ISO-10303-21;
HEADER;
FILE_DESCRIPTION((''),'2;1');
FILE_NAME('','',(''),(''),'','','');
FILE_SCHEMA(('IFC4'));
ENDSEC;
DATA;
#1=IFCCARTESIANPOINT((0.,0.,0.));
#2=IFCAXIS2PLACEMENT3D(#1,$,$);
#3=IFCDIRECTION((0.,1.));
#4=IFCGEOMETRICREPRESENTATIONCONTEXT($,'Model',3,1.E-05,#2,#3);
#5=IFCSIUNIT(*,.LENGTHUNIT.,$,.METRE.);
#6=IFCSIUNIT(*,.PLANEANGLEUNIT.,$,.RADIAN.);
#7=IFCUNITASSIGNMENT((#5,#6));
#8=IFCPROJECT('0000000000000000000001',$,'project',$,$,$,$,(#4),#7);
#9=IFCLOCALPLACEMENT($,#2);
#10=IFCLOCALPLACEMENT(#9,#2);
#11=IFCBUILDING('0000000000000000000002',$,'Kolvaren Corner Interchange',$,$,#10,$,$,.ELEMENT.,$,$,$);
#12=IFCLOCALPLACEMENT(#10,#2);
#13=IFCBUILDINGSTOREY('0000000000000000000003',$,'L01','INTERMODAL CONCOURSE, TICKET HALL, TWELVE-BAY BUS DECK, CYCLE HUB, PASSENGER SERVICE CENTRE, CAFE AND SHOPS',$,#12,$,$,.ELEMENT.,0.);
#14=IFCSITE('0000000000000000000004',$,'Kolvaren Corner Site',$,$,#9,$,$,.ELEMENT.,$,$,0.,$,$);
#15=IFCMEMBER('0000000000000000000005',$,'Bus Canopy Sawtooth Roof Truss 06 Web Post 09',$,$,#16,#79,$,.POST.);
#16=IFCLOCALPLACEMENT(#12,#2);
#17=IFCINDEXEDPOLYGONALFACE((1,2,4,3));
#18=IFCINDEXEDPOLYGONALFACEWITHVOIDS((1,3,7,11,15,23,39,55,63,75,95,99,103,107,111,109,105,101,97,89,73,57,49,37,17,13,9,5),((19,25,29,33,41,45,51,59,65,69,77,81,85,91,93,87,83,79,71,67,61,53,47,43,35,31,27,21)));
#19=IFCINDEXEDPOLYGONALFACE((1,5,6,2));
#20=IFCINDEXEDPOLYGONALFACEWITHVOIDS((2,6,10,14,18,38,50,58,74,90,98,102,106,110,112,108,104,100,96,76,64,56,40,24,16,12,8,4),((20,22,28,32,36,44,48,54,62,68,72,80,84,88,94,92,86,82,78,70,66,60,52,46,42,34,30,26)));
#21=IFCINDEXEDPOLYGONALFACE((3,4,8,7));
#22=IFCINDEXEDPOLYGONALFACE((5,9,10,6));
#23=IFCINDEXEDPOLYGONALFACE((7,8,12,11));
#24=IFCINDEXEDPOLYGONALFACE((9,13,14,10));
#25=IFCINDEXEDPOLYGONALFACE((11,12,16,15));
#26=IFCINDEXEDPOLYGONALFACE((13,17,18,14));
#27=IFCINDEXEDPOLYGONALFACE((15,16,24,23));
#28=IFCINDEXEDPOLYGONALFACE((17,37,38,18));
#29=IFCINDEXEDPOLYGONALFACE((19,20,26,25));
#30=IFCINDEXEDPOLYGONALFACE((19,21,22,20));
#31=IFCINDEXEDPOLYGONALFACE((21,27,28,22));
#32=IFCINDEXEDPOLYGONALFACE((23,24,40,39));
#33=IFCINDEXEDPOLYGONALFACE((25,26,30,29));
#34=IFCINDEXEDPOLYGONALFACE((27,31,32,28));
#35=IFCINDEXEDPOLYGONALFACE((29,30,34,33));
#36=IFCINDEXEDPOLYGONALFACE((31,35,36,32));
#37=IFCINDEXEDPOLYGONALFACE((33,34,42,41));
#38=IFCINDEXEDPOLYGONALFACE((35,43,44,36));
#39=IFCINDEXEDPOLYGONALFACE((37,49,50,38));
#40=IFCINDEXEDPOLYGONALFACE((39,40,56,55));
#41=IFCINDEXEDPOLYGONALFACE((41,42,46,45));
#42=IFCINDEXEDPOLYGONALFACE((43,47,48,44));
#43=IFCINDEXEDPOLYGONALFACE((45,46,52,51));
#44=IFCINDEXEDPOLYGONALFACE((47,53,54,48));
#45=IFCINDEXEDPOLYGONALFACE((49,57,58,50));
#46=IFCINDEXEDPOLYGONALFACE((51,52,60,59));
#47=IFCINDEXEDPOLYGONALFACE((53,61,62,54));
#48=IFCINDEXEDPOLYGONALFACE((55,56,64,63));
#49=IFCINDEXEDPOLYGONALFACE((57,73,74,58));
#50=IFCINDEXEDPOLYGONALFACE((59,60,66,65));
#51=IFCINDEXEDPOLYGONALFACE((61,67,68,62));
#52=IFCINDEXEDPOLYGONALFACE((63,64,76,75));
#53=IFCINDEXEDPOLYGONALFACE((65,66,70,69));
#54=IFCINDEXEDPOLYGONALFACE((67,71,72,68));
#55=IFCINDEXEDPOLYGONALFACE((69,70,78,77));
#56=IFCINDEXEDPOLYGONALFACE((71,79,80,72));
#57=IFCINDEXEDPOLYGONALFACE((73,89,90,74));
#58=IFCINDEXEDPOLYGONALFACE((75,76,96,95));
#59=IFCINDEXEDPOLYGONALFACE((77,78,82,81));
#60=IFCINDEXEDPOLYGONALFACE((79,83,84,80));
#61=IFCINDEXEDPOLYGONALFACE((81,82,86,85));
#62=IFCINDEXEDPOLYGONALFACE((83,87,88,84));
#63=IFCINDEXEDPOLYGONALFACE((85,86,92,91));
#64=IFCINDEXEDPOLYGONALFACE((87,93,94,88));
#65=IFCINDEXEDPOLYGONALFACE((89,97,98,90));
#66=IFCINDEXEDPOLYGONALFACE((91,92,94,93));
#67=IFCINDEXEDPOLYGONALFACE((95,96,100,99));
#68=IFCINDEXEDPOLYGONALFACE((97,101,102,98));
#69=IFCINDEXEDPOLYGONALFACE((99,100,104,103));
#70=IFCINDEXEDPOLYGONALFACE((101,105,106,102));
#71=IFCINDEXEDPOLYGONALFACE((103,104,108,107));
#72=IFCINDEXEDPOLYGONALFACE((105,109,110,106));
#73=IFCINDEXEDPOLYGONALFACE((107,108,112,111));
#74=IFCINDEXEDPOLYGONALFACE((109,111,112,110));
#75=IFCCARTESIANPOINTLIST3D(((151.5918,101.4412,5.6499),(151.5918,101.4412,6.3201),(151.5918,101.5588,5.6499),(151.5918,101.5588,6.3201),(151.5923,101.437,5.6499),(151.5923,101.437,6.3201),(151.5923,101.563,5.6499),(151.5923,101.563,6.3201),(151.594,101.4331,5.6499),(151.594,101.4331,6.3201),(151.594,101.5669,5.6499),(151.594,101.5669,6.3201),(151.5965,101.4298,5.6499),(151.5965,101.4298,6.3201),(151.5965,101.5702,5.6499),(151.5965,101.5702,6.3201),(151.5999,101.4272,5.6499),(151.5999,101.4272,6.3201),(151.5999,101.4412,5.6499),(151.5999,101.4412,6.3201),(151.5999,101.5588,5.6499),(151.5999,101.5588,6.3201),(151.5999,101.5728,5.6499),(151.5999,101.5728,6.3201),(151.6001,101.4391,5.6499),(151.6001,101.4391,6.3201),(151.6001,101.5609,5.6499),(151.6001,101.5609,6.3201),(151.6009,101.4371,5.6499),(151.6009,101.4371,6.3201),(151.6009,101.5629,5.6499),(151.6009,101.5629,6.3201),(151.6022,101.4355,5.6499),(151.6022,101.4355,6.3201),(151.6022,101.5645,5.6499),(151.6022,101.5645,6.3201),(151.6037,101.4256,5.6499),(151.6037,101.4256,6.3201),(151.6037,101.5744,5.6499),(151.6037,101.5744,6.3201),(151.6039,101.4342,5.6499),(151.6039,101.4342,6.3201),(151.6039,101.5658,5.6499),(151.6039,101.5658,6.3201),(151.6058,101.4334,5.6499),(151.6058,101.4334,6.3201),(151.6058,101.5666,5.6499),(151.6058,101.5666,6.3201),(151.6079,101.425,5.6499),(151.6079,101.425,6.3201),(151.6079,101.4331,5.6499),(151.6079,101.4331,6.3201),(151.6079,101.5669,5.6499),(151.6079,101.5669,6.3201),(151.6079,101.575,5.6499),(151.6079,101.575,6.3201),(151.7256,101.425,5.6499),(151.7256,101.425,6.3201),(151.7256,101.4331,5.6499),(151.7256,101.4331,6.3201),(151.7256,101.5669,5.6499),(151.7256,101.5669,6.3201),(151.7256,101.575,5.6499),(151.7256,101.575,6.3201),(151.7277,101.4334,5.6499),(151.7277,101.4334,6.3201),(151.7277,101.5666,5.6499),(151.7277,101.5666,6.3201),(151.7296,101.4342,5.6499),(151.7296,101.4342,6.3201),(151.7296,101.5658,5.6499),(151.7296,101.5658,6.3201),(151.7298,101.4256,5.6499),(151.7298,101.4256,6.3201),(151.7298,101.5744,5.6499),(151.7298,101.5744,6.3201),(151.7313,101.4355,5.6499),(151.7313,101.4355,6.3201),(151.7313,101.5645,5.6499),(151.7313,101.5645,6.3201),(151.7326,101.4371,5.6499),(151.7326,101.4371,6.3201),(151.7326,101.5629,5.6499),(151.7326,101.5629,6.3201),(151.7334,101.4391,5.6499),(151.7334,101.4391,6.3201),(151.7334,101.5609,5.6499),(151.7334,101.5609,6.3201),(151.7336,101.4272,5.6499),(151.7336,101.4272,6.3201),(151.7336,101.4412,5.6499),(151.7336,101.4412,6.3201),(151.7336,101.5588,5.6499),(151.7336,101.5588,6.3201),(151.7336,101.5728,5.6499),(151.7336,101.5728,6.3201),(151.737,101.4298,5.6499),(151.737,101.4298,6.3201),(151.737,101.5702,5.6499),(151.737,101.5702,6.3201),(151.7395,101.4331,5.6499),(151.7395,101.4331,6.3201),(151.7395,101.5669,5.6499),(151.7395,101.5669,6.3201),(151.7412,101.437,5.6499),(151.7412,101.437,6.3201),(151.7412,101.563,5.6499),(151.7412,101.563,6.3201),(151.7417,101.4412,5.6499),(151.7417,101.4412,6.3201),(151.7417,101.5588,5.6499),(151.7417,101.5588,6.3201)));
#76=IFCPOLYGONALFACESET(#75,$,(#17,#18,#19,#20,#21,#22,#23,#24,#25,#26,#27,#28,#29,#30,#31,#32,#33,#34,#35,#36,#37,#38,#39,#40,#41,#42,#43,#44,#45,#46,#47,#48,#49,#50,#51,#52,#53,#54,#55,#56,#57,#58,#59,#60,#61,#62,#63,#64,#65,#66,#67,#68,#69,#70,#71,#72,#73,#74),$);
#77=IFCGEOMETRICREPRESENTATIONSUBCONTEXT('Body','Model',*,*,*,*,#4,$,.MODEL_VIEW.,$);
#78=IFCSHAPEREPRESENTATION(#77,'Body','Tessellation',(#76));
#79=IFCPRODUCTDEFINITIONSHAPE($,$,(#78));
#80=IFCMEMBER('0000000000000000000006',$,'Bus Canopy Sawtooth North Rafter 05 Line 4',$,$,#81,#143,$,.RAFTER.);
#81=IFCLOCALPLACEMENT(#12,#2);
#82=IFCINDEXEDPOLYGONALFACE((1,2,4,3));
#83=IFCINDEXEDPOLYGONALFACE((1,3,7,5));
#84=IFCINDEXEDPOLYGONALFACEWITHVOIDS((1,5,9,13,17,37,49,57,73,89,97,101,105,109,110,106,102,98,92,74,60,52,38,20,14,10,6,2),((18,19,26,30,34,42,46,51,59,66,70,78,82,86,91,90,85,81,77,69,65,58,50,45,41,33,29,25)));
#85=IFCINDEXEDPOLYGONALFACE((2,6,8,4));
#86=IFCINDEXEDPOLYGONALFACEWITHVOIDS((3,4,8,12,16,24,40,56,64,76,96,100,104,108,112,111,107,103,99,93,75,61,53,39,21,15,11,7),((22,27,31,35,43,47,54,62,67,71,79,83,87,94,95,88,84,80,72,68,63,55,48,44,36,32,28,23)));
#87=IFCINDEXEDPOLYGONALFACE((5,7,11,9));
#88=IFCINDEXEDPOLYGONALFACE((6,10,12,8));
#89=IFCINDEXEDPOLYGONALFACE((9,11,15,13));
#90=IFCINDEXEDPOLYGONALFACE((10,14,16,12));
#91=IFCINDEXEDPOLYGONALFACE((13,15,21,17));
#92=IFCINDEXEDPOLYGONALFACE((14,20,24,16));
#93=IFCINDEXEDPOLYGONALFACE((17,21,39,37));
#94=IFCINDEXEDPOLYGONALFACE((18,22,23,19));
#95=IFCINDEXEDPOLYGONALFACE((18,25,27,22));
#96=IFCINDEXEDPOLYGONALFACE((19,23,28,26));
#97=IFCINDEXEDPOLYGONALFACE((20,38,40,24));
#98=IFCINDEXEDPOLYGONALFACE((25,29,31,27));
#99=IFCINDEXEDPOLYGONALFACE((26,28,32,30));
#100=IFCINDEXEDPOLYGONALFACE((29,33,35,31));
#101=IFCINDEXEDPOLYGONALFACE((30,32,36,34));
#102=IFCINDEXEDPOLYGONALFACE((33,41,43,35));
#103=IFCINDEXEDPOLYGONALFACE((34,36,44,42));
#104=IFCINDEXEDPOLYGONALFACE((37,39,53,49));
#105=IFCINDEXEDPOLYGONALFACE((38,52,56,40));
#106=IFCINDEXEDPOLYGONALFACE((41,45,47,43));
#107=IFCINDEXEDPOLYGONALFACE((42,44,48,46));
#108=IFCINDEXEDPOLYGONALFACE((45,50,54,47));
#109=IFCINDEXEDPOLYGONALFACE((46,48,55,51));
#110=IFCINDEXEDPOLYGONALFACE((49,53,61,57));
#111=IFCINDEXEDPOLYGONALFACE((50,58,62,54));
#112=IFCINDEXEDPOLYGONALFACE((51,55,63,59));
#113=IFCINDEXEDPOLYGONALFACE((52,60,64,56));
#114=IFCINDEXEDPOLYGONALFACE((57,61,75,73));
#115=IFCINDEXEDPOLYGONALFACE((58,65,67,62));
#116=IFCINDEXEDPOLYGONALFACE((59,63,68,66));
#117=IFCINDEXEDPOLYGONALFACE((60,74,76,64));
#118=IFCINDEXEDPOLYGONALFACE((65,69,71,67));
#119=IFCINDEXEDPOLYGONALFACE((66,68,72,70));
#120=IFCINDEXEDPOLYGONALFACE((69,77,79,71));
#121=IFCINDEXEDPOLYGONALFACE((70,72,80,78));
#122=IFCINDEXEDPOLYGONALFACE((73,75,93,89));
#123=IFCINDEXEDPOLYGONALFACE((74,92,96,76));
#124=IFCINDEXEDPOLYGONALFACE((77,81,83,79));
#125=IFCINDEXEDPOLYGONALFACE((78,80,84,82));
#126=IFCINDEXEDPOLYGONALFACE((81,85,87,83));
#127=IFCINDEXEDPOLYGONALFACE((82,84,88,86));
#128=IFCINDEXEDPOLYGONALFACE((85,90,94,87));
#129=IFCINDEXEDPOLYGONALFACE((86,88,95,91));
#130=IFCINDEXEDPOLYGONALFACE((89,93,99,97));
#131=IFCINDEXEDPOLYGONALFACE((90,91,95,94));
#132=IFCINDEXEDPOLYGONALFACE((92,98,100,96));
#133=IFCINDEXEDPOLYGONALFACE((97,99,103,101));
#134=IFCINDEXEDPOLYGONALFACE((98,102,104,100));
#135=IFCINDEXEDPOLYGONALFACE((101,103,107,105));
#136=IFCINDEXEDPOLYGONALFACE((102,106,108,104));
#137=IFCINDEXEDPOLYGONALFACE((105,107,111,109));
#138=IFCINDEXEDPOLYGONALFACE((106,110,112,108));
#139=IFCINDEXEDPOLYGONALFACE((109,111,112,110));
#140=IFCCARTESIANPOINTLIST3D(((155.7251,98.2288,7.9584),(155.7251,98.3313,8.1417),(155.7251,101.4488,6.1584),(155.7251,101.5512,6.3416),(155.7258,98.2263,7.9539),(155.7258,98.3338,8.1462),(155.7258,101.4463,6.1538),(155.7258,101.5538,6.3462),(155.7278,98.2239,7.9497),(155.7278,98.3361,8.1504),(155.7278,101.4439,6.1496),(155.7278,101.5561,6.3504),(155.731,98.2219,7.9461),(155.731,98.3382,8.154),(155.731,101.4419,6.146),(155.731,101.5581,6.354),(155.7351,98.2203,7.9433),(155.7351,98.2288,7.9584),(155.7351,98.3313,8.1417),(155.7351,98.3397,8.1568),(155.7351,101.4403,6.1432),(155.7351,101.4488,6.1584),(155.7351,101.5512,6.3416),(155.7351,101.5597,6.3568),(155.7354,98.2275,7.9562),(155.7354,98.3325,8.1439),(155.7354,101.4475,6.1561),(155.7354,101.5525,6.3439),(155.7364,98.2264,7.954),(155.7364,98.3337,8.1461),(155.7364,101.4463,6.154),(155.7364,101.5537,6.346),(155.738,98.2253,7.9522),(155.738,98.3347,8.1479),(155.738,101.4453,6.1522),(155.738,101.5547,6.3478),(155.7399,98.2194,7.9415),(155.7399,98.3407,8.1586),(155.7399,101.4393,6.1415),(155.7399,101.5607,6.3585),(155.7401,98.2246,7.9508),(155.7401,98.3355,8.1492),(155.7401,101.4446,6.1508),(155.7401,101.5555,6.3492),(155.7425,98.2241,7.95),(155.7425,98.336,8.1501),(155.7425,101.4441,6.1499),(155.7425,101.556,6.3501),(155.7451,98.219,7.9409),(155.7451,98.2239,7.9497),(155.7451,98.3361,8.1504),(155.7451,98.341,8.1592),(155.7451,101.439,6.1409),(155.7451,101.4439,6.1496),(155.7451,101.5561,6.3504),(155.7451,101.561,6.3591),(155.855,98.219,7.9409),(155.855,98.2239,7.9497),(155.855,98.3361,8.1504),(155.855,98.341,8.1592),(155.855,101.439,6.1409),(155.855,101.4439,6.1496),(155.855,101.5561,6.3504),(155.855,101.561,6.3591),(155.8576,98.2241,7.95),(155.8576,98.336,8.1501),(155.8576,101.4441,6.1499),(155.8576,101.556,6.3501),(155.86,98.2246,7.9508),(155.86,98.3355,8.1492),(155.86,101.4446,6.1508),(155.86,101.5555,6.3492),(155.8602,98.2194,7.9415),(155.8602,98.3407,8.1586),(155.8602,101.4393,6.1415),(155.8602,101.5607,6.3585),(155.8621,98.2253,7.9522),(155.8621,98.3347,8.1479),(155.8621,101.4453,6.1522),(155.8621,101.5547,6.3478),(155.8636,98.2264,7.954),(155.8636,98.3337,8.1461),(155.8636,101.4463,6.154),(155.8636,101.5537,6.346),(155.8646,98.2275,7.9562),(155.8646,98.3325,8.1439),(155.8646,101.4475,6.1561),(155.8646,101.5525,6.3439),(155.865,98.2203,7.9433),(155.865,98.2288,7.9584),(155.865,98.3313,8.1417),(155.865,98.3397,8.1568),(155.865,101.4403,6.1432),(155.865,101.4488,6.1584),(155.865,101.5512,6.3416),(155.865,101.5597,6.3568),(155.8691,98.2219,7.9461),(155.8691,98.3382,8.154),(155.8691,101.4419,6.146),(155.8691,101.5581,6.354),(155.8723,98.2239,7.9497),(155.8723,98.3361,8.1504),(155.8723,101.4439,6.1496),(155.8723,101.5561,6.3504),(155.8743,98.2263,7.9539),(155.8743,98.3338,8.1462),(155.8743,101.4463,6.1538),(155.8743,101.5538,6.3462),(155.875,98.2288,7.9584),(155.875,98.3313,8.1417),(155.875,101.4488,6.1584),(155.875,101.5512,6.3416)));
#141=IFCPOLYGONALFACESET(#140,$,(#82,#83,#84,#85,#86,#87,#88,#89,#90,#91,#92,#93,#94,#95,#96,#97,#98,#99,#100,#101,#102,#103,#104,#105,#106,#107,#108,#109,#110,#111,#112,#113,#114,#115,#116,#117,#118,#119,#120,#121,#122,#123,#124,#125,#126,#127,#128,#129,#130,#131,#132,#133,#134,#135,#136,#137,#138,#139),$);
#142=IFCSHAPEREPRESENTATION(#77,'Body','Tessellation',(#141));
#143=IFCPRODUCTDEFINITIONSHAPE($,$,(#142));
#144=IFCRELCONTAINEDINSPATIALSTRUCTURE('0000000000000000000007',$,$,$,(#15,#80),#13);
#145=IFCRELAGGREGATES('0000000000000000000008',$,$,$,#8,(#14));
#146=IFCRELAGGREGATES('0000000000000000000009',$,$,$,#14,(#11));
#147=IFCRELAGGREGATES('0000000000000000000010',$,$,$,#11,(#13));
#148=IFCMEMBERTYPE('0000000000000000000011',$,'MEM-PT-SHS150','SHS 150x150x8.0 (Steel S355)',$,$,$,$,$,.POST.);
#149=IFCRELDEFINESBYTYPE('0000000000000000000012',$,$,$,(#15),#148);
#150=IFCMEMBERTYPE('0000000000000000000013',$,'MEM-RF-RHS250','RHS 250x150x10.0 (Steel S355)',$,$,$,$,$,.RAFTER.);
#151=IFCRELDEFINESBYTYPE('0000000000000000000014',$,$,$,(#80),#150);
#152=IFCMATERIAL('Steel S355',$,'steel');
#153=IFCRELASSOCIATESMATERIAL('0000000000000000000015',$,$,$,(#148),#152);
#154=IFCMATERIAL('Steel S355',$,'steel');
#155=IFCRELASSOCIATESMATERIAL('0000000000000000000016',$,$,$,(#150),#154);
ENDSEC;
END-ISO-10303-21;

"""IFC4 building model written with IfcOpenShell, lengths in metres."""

from ifc_helpers import new_model, si_unit, direction, frame, origin, origin_2d, place, context, subcontext, project, spatial, hollow_rectangle, extrude, material, material_profile, profile_set, type_object, element, save


model = new_model("IFC4")

# Units and contexts
model_context = context("Model", 3, precision=1e-05, world=origin(), true_north=direction((0.0, 1.0)))
body_context = subcontext(model_context, "Body", "Model", "MODEL_VIEW")
ifc_project = project(units=[si_unit("LENGTHUNIT", "METRE"), si_unit("PLANEANGLEUNIT", "RADIAN")], contexts=[model_context])

# Site, building, storey
site_placement = place(None, origin())
site = spatial("IfcSite", under=ifc_project, at=site_placement, Name="Kolvaren Corner Site", CompositionType="ELEMENT", RefElevation=0.0)
building_placement = place(site_placement, origin())
building = spatial("IfcBuilding", under=site, at=building_placement, Name="Kolvaren Corner Interchange", CompositionType="ELEMENT")
storey_placement = place(building_placement, origin())
storey = spatial("IfcBuildingStorey", under=building, at=storey_placement, Name="L01", Description="INTERMODAL CONCOURSE, TICKET HALL, TWELVE-BAY BUS DECK, CYCLE HUB, PASSENGER SERVICE CENTRE, CAFE AND SHOPS", CompositionType="ELEMENT", Elevation=0.0)

# Members
ifc_material_1 = material(Name="Steel S355", Category="steel")
ifc_material_profile_1 = material_profile(ifc_material_1, hollow_rectangle(XDim=0.1499, YDim=0.1499, WallThickness=0.0081, InnerFilletRadius=0.0081, OuterFilletRadius=0.0161, at=origin_2d()), Name="SHS 150x150x8.0")
ifc_profile_set_1 = profile_set([ifc_material_profile_1], Name="Steel S355")
member_type_1 = type_object("IfcMemberType", Name="MEM-PT-SHS150", Description="SHS 150x150x8.0 (Steel S355)", PredefinedType="POST", material=ifc_profile_set_1)
for number, where, z_axis, x_axis, name in (
    (1, (151.6667, 101.5, 5.6499), (0.0, 0.0, 1.0), (1.0, 0.0, 0.0), "Bus Canopy Sawtooth Roof Truss 06 Web Post 09"),
):
    element("IfcMember", number, at=place(storey_placement, frame(where, z_axis=z_axis, x_axis=x_axis)), inside=storey, type_object=member_type_1, Name=name, PredefinedType="POST", context=body_context, shape_type="SweptSolid", body=[
        extrude(hollow_rectangle(XDim=0.1499, YDim=0.1499, WallThickness=0.0081, InnerFilletRadius=0.0081, OuterFilletRadius=0.0161, at=origin_2d()), origin(), (0.0, 0.0, 1.0), 0.6702),
    ])
ifc_material_2 = material(Name="Steel S355", Category="steel")
ifc_material_profile_2 = material_profile(ifc_material_2, hollow_rectangle(XDim=0.1499, YDim=0.25, WallThickness=0.01, InnerFilletRadius=0.01, OuterFilletRadius=0.02, at=origin_2d()), Name="RHS 250x150x10.0")
ifc_profile_set_2 = profile_set([ifc_material_profile_2], Name="Steel S355")
member_type_2 = type_object("IfcMemberType", Name="MEM-RF-RHS250", Description="RHS 250x150x10.0 (Steel S355)", PredefinedType="RAFTER", material=ifc_profile_set_2)
for number, where, z_axis, x_axis, name in (
    (2, (155.8, 98.28, 8.05), (0.0, 0.872868, -0.487956), (-1.0, 0.0, 0.0), "Bus Canopy Sawtooth North Rafter 05 Line 4"),
):
    element("IfcMember", number, at=place(storey_placement, frame(where, z_axis=z_axis, x_axis=x_axis)), inside=storey, type_object=member_type_2, Name=name, PredefinedType="RAFTER", context=body_context, shape_type="SweptSolid", body=[
        extrude(hollow_rectangle(XDim=0.1499, YDim=0.25, WallThickness=0.01, InnerFilletRadius=0.01, OuterFilletRadius=0.02, at=origin_2d()), origin(), (0.0, 0.0, 1.0), 3.689),
    ])

save(model, "model.ifc")
